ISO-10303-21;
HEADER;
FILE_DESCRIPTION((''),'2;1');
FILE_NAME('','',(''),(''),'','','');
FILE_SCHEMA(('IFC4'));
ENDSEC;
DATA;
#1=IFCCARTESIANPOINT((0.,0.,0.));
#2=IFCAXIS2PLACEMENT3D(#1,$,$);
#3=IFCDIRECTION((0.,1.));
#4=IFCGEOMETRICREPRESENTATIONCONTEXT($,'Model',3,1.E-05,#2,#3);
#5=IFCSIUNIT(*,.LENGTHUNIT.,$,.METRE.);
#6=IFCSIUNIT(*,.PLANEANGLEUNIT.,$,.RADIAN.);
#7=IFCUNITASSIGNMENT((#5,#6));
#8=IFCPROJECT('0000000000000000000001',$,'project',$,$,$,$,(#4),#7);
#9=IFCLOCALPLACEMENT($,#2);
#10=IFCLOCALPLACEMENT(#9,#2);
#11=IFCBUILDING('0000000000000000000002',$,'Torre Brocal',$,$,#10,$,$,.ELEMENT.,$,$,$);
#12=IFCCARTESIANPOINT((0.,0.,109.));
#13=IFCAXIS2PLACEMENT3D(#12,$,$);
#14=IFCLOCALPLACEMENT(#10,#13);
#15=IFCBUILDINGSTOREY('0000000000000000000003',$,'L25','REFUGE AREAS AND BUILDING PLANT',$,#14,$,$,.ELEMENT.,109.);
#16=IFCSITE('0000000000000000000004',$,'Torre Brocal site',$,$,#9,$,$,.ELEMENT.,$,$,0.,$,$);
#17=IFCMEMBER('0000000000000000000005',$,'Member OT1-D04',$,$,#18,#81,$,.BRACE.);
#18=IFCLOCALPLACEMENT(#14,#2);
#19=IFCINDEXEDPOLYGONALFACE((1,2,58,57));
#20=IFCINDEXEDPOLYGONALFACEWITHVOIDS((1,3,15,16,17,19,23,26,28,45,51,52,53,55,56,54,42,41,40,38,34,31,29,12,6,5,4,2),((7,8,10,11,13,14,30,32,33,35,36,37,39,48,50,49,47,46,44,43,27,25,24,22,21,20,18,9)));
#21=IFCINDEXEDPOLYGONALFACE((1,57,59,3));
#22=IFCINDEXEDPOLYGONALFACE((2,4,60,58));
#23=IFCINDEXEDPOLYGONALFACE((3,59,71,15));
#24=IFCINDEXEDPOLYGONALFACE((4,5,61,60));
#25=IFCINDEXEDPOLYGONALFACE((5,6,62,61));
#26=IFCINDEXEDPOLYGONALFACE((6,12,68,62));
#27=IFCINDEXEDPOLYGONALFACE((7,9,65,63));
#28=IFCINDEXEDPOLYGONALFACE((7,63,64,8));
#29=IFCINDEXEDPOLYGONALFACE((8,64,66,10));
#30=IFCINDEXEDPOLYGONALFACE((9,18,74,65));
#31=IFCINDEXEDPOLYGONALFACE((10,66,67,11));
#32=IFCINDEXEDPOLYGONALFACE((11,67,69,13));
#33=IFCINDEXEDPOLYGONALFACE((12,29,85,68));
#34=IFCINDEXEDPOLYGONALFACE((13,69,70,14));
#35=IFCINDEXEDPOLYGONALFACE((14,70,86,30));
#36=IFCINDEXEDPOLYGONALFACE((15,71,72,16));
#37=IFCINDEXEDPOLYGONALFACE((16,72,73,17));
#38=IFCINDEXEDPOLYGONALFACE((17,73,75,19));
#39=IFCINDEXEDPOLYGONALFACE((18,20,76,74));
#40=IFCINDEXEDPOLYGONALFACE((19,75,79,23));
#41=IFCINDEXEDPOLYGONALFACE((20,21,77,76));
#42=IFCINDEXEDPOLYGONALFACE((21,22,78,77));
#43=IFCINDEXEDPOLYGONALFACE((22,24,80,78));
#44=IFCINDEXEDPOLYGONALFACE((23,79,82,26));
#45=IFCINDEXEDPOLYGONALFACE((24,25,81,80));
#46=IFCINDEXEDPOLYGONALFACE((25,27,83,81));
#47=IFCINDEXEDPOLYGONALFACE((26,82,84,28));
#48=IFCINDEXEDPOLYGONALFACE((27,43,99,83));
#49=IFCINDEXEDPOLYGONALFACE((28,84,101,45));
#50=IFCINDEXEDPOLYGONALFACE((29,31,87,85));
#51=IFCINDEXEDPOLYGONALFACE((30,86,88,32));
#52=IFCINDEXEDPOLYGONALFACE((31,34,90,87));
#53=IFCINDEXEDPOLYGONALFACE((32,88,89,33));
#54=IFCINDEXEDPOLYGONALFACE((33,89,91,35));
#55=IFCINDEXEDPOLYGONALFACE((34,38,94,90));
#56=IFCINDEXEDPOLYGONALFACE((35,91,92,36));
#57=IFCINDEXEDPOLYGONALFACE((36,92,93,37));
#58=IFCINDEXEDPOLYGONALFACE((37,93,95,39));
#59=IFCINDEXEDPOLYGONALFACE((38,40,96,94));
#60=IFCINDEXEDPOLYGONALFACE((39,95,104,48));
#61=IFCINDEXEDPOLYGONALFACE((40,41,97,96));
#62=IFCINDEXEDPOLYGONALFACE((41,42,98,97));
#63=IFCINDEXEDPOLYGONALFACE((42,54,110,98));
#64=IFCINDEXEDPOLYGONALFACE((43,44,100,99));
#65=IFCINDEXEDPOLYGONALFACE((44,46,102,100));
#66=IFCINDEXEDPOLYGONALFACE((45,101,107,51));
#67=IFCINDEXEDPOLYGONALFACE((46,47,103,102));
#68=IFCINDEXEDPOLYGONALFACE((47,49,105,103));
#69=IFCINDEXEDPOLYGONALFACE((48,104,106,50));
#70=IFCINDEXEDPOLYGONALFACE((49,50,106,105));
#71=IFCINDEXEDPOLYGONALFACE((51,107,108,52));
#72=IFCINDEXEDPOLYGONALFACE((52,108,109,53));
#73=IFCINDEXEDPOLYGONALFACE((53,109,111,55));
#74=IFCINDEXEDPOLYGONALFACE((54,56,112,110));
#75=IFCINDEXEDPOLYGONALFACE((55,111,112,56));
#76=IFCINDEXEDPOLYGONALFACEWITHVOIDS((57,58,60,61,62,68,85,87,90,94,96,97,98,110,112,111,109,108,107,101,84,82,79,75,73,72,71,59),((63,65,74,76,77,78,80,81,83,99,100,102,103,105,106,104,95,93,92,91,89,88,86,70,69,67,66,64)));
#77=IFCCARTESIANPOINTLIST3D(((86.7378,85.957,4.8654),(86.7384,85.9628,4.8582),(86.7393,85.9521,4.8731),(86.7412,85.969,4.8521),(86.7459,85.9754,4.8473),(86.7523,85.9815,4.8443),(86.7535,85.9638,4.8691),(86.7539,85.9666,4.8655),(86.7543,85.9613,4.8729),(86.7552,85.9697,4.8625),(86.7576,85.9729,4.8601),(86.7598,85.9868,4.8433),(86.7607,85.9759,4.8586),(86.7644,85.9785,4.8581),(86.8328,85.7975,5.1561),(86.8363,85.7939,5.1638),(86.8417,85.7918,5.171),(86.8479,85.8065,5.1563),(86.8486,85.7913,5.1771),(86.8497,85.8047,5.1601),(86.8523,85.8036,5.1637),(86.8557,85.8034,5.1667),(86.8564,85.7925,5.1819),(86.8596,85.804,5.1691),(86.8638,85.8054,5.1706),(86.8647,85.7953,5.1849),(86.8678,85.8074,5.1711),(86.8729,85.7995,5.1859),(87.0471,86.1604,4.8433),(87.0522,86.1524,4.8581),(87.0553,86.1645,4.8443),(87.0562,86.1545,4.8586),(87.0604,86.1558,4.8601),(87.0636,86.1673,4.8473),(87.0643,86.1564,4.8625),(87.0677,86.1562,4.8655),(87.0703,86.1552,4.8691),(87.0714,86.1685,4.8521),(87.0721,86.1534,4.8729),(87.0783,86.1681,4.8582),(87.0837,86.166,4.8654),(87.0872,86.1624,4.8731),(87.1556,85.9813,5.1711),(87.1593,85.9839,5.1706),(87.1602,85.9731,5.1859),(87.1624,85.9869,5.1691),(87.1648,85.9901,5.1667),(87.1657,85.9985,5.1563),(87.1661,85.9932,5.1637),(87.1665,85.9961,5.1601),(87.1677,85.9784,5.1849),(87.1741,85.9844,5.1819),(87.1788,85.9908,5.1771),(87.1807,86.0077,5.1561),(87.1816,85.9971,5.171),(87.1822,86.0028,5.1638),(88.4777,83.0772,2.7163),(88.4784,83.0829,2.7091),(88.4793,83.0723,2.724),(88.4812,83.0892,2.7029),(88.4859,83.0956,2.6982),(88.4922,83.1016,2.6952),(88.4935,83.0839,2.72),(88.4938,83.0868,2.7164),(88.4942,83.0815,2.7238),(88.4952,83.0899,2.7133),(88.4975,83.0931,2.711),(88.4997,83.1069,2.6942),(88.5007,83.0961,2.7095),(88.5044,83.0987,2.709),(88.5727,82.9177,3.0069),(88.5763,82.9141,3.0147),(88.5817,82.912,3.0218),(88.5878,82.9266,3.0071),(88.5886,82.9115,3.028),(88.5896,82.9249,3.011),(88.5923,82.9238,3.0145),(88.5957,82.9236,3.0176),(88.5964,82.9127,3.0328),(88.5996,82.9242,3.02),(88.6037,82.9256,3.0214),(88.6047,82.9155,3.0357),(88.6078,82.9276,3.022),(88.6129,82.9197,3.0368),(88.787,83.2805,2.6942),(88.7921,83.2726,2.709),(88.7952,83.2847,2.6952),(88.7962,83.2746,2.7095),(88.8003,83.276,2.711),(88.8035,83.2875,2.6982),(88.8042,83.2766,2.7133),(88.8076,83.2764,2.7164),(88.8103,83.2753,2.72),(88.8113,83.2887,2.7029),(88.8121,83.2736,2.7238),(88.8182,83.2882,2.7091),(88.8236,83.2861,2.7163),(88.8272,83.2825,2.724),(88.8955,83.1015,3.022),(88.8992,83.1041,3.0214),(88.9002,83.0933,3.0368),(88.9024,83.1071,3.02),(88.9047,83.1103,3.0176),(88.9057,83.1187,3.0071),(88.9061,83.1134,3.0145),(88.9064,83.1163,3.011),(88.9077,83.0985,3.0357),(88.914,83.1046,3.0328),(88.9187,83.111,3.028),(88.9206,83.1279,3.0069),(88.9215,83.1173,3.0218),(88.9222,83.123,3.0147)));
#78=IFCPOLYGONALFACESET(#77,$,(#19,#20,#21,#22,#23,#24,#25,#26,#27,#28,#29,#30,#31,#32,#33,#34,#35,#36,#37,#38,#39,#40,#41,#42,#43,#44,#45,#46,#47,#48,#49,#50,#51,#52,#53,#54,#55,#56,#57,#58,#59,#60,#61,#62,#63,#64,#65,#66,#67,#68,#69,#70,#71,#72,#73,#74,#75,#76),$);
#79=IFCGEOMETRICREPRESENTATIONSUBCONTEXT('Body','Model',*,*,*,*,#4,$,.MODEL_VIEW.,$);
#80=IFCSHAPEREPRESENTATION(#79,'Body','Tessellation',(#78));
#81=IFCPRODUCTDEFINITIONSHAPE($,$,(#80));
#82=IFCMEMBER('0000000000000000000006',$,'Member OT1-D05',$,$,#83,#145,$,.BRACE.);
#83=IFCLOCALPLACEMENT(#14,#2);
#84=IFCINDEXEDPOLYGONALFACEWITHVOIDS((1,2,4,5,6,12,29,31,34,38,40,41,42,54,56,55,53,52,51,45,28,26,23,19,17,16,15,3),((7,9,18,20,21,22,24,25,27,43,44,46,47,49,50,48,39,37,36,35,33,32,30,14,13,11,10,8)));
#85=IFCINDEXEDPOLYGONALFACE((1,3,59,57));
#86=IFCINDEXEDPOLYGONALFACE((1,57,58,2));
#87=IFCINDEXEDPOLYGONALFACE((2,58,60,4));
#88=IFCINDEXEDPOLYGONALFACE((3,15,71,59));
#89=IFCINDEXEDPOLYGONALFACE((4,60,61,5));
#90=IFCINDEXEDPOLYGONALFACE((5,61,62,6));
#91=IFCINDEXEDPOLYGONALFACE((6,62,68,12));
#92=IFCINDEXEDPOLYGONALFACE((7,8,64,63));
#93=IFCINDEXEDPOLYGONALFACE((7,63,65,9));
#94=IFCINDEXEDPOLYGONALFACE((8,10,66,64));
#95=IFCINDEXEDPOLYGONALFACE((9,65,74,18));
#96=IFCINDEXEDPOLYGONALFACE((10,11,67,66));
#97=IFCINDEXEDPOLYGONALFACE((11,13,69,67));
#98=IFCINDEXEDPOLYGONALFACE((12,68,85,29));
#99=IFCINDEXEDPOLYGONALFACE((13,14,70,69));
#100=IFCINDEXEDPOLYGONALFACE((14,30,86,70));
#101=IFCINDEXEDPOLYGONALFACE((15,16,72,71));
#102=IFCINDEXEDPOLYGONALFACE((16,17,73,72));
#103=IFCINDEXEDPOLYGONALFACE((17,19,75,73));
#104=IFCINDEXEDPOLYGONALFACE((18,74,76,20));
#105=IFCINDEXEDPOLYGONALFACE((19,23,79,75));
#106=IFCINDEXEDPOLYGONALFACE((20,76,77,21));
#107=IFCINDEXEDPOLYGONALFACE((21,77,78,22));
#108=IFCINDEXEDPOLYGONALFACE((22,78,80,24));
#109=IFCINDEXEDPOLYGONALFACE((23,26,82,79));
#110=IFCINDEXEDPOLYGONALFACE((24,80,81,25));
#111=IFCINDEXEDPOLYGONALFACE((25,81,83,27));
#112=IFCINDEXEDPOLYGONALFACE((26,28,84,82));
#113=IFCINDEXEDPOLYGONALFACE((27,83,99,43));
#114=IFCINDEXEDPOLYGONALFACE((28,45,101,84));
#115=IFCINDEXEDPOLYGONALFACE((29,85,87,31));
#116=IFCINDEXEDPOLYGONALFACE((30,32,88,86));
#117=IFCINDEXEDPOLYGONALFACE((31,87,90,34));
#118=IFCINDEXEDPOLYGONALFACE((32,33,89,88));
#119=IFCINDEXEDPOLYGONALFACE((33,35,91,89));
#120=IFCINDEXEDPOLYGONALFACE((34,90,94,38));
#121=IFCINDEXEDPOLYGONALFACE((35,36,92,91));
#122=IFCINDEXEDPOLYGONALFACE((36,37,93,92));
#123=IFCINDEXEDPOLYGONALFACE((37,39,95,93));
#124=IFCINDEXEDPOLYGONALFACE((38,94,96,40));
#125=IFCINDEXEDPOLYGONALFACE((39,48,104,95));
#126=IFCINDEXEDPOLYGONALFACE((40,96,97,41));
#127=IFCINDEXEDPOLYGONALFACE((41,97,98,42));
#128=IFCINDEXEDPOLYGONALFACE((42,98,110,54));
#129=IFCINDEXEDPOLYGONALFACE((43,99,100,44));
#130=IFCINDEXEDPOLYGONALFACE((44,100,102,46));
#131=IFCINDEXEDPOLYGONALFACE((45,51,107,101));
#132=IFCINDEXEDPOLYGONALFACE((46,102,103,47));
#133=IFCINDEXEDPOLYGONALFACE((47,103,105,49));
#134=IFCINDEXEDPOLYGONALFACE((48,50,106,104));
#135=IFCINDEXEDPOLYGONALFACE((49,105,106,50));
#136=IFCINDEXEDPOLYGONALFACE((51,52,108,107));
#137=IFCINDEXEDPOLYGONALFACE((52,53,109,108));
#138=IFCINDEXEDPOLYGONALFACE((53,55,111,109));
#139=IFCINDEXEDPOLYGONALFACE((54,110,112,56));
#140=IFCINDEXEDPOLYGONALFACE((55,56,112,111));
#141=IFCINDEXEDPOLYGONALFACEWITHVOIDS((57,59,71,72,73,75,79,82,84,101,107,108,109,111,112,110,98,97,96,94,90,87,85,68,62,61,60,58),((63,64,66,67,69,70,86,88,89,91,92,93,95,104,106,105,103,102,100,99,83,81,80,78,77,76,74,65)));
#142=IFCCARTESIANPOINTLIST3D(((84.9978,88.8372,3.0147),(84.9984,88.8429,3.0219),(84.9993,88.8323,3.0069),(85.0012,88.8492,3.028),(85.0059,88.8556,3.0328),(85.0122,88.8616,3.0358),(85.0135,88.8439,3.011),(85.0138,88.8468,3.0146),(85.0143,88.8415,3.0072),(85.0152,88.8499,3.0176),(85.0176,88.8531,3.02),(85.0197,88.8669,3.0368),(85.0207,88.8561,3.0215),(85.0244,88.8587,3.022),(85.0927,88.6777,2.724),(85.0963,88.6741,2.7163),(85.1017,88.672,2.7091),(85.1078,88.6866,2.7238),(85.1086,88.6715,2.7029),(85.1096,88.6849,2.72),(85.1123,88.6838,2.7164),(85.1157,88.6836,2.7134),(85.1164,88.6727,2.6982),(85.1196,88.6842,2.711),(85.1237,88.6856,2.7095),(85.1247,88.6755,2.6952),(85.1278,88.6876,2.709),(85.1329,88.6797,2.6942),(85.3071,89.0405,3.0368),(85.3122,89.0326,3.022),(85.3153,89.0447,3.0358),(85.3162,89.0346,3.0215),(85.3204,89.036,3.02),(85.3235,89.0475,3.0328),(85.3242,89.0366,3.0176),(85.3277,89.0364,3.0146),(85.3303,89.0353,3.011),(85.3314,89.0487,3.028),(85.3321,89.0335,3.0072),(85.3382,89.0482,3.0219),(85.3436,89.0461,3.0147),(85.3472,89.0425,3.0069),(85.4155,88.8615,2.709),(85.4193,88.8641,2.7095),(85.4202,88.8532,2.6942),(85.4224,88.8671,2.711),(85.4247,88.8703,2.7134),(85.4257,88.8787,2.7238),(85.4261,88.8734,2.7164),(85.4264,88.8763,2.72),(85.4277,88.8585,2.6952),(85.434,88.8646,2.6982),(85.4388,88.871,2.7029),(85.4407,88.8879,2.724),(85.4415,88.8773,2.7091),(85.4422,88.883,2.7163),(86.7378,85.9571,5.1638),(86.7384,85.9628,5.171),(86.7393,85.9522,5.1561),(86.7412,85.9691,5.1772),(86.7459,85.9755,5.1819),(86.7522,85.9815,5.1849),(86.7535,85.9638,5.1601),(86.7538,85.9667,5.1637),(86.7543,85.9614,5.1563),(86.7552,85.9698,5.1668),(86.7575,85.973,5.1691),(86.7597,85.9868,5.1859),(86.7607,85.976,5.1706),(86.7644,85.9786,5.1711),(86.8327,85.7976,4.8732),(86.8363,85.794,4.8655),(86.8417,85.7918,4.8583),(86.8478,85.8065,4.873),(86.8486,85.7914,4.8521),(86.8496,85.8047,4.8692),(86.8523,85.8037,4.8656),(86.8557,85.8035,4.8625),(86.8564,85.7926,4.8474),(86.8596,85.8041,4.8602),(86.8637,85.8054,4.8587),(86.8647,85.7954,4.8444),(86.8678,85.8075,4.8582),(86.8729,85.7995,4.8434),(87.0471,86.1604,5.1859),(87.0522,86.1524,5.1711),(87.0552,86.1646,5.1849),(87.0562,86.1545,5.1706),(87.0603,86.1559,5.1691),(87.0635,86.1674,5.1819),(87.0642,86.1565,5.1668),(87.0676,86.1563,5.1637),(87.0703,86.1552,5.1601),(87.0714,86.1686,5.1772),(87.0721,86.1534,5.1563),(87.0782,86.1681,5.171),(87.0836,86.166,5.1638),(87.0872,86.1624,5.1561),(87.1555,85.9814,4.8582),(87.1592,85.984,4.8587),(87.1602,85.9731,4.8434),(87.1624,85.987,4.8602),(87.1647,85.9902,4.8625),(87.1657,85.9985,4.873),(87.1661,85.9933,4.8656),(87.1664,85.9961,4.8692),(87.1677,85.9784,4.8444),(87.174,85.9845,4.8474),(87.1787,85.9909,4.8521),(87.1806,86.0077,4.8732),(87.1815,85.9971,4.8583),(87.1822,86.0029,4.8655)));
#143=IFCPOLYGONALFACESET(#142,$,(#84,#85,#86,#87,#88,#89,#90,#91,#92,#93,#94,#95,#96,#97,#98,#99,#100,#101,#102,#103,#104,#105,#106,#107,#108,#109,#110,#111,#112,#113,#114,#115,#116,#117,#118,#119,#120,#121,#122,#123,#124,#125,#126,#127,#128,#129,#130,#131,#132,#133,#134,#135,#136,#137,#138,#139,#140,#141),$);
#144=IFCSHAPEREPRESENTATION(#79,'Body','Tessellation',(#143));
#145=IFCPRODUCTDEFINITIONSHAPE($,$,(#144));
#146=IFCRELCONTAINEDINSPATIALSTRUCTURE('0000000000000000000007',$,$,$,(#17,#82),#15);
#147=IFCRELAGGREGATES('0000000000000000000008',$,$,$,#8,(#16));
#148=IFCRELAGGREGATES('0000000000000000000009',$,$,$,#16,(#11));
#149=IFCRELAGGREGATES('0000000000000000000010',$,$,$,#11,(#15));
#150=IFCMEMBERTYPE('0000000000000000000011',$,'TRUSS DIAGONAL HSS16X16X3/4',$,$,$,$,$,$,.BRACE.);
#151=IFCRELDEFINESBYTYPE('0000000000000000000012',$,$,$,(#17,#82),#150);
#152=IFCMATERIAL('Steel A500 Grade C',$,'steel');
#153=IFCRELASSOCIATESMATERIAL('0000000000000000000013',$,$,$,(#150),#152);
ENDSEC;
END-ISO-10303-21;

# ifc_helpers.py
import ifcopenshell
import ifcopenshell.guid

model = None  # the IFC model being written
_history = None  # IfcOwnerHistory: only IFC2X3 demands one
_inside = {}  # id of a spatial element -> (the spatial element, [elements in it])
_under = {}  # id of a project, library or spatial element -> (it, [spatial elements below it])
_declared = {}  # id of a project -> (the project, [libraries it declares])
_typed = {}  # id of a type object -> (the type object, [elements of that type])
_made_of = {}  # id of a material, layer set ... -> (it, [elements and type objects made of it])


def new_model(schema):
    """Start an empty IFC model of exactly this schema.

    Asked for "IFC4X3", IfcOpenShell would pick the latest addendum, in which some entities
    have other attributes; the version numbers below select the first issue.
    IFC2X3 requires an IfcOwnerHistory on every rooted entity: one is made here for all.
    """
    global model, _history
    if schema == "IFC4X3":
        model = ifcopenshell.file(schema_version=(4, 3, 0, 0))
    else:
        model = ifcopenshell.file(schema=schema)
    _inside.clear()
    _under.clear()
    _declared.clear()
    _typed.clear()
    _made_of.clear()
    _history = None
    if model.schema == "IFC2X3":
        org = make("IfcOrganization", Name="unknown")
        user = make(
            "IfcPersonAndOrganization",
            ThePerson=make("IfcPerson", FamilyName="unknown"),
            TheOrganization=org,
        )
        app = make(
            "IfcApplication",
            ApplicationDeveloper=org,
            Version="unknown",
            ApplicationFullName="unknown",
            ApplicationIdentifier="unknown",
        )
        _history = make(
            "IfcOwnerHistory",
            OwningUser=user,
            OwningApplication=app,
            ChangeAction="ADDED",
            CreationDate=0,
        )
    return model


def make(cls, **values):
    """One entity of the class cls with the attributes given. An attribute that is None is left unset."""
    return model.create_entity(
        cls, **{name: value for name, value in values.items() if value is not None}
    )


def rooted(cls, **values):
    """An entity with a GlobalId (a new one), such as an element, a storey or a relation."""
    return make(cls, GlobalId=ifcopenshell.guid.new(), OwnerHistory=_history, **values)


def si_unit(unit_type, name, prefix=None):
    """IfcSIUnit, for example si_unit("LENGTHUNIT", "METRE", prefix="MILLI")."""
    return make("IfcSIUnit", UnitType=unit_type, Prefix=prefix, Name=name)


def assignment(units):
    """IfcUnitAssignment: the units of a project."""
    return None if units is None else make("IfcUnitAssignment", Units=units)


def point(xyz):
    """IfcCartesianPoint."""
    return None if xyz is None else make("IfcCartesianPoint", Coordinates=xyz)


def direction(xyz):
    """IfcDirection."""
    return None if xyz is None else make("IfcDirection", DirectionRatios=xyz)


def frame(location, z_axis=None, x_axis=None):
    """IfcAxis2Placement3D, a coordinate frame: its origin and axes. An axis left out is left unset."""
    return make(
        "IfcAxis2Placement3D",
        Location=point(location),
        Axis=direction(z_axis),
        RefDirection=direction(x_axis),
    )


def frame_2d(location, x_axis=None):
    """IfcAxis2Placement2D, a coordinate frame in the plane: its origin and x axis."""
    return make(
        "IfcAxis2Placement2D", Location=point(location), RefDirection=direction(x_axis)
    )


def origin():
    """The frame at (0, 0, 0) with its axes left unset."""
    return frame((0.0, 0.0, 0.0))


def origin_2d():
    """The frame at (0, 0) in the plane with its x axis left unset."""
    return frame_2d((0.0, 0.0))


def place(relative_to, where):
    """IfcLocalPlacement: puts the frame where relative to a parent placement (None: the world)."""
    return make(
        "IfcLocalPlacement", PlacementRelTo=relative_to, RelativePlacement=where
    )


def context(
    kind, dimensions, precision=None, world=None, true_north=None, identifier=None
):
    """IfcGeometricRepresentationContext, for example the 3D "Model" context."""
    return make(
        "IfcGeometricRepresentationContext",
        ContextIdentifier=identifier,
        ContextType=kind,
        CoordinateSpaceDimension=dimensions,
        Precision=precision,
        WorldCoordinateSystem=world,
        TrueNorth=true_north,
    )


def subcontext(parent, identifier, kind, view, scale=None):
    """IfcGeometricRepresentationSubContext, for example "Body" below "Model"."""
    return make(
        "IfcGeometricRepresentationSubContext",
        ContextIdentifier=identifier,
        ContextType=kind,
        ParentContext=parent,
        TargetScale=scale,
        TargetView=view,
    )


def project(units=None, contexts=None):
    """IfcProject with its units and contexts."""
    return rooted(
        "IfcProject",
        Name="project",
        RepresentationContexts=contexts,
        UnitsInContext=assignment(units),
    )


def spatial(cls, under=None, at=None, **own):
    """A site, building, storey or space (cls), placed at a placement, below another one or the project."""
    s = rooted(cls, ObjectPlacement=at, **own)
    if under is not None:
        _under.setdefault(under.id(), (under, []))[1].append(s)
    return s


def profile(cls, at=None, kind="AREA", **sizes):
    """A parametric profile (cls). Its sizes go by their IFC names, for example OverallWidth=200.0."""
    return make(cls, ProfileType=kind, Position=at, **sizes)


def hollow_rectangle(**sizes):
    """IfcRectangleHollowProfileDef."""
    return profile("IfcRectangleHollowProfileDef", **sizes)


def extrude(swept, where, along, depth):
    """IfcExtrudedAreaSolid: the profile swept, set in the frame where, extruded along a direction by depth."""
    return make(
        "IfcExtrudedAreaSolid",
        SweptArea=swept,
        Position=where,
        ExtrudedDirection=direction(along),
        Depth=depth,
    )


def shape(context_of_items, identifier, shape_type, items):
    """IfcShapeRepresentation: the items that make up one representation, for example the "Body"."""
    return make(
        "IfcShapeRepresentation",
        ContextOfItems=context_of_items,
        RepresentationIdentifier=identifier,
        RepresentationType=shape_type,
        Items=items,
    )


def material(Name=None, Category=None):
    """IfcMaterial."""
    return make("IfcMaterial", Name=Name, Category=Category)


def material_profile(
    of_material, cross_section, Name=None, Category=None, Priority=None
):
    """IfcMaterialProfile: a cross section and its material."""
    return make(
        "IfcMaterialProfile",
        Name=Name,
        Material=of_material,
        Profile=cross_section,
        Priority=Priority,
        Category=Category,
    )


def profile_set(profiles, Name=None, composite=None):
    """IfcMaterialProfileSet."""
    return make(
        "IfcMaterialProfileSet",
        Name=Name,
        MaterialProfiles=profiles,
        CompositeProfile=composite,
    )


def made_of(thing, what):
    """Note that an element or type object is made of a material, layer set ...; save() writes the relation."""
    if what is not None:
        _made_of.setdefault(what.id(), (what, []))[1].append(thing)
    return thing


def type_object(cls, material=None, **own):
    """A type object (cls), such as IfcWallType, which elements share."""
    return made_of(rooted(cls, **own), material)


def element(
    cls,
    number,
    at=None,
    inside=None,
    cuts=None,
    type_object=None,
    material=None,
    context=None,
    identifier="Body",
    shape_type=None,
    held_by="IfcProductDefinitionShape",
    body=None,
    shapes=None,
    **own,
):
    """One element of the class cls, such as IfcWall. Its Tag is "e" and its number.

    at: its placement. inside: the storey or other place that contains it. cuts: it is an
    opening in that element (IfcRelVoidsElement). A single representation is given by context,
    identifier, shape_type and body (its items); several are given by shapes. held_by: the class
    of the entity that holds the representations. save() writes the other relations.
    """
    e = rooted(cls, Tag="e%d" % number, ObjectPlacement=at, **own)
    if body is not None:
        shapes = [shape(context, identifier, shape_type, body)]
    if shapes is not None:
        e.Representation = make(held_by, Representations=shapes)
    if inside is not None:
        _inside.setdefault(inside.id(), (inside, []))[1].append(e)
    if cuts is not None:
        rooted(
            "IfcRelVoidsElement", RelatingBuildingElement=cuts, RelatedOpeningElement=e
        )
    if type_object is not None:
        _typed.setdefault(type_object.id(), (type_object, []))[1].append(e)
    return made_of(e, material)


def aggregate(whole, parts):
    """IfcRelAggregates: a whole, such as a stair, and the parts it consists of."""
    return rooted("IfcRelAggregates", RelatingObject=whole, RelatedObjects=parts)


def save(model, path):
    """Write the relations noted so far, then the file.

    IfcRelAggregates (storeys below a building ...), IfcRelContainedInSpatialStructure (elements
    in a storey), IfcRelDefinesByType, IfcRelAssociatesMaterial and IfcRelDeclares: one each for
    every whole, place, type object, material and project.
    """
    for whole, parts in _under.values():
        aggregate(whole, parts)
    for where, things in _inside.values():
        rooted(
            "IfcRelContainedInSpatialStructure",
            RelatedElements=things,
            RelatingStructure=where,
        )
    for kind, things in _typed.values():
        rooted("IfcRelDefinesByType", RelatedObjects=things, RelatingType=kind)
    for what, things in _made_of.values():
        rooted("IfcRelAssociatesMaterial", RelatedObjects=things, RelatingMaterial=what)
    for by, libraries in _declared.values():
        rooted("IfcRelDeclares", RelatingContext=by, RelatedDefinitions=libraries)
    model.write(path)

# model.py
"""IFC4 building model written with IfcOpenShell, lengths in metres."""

from ifc_helpers import new_model, si_unit, direction, frame, origin, origin_2d, place, context, subcontext, project, spatial, hollow_rectangle, extrude, material, material_profile, profile_set, type_object, element, save


model = new_model("IFC4")

# Units and contexts
model_context = context("Model", 3, precision=1e-05, world=origin(), true_north=direction((0.0, 1.0)))
body_context = subcontext(model_context, "Body", "Model", "MODEL_VIEW")
ifc_project = project(units=[si_unit("LENGTHUNIT", "METRE"), si_unit("PLANEANGLEUNIT", "RADIAN")], contexts=[model_context])

# Site, building, storey
site_placement = place(None, origin())
site = spatial("IfcSite", under=ifc_project, at=site_placement, Name="Torre Brocal site", CompositionType="ELEMENT", RefElevation=0.0)
building_placement = place(site_placement, origin())
building = spatial("IfcBuilding", under=site, at=building_placement, Name="Torre Brocal", CompositionType="ELEMENT")
storey_placement = place(building_placement, frame((0.0, 0.0, 109.0)))
storey = spatial("IfcBuildingStorey", under=building, at=storey_placement, Name="L25", Description="REFUGE AREAS AND BUILDING PLANT", CompositionType="ELEMENT", Elevation=109.0)

# Members
ifc_material_1 = material(Name="Steel A500 Grade C", Category="steel")
ifc_material_profile_1 = material_profile(ifc_material_1, hollow_rectangle(XDim=0.4065, YDim=0.4065, WallThickness=0.0176, InnerFilletRadius=0.0176, OuterFilletRadius=0.0354, at=origin_2d()), Name="HSS16X16X3/4")
ifc_profile_set_1 = profile_set([ifc_material_profile_1], Name="Steel A500 Grade C")
member_type_1 = type_object("IfcMemberType", Name="TRUSS DIAGONAL HSS16X16X3/4", PredefinedType="BRACE", material=ifc_profile_set_1)
member_1_placement = place(storey_placement, frame((88.7, 83.1001, 2.8655), z_axis=(-0.435812, 0.721319, 0.538299), x_axis=(-0.855908, -0.517129, 0.0)))
element("IfcMember", 1, at=member_1_placement, inside=storey, type_object=member_type_1, Name="Member OT1-D04", PredefinedType="BRACE", context=body_context, shape_type="SweptSolid", body=[
    extrude(hollow_rectangle(XDim=0.4065, YDim=0.4065, WallThickness=0.0176, InnerFilletRadius=0.0176, OuterFilletRadius=0.0354, at=origin_2d()), origin(), (0.0, 0.0, 1.0), 3.9924),
])
member_2_placement = place(storey_placement, frame((86.96, 85.98, 5.0146), z_axis=(-0.435793, 0.721349, -0.538275), x_axis=(-0.855927, -0.517097, 0.0)))
element("IfcMember", 2, at=member_2_placement, inside=storey, type_object=member_type_1, Name="Member OT1-D05", PredefinedType="BRACE", context=body_context, shape_type="SweptSolid", body=[
    extrude(hollow_rectangle(XDim=0.4065, YDim=0.4065, WallThickness=0.0176, InnerFilletRadius=0.0176, OuterFilletRadius=0.0354, at=origin_2d()), origin(), (0.0, 0.0, 1.0), 3.9927),
])

save(model, "model.ifc")
